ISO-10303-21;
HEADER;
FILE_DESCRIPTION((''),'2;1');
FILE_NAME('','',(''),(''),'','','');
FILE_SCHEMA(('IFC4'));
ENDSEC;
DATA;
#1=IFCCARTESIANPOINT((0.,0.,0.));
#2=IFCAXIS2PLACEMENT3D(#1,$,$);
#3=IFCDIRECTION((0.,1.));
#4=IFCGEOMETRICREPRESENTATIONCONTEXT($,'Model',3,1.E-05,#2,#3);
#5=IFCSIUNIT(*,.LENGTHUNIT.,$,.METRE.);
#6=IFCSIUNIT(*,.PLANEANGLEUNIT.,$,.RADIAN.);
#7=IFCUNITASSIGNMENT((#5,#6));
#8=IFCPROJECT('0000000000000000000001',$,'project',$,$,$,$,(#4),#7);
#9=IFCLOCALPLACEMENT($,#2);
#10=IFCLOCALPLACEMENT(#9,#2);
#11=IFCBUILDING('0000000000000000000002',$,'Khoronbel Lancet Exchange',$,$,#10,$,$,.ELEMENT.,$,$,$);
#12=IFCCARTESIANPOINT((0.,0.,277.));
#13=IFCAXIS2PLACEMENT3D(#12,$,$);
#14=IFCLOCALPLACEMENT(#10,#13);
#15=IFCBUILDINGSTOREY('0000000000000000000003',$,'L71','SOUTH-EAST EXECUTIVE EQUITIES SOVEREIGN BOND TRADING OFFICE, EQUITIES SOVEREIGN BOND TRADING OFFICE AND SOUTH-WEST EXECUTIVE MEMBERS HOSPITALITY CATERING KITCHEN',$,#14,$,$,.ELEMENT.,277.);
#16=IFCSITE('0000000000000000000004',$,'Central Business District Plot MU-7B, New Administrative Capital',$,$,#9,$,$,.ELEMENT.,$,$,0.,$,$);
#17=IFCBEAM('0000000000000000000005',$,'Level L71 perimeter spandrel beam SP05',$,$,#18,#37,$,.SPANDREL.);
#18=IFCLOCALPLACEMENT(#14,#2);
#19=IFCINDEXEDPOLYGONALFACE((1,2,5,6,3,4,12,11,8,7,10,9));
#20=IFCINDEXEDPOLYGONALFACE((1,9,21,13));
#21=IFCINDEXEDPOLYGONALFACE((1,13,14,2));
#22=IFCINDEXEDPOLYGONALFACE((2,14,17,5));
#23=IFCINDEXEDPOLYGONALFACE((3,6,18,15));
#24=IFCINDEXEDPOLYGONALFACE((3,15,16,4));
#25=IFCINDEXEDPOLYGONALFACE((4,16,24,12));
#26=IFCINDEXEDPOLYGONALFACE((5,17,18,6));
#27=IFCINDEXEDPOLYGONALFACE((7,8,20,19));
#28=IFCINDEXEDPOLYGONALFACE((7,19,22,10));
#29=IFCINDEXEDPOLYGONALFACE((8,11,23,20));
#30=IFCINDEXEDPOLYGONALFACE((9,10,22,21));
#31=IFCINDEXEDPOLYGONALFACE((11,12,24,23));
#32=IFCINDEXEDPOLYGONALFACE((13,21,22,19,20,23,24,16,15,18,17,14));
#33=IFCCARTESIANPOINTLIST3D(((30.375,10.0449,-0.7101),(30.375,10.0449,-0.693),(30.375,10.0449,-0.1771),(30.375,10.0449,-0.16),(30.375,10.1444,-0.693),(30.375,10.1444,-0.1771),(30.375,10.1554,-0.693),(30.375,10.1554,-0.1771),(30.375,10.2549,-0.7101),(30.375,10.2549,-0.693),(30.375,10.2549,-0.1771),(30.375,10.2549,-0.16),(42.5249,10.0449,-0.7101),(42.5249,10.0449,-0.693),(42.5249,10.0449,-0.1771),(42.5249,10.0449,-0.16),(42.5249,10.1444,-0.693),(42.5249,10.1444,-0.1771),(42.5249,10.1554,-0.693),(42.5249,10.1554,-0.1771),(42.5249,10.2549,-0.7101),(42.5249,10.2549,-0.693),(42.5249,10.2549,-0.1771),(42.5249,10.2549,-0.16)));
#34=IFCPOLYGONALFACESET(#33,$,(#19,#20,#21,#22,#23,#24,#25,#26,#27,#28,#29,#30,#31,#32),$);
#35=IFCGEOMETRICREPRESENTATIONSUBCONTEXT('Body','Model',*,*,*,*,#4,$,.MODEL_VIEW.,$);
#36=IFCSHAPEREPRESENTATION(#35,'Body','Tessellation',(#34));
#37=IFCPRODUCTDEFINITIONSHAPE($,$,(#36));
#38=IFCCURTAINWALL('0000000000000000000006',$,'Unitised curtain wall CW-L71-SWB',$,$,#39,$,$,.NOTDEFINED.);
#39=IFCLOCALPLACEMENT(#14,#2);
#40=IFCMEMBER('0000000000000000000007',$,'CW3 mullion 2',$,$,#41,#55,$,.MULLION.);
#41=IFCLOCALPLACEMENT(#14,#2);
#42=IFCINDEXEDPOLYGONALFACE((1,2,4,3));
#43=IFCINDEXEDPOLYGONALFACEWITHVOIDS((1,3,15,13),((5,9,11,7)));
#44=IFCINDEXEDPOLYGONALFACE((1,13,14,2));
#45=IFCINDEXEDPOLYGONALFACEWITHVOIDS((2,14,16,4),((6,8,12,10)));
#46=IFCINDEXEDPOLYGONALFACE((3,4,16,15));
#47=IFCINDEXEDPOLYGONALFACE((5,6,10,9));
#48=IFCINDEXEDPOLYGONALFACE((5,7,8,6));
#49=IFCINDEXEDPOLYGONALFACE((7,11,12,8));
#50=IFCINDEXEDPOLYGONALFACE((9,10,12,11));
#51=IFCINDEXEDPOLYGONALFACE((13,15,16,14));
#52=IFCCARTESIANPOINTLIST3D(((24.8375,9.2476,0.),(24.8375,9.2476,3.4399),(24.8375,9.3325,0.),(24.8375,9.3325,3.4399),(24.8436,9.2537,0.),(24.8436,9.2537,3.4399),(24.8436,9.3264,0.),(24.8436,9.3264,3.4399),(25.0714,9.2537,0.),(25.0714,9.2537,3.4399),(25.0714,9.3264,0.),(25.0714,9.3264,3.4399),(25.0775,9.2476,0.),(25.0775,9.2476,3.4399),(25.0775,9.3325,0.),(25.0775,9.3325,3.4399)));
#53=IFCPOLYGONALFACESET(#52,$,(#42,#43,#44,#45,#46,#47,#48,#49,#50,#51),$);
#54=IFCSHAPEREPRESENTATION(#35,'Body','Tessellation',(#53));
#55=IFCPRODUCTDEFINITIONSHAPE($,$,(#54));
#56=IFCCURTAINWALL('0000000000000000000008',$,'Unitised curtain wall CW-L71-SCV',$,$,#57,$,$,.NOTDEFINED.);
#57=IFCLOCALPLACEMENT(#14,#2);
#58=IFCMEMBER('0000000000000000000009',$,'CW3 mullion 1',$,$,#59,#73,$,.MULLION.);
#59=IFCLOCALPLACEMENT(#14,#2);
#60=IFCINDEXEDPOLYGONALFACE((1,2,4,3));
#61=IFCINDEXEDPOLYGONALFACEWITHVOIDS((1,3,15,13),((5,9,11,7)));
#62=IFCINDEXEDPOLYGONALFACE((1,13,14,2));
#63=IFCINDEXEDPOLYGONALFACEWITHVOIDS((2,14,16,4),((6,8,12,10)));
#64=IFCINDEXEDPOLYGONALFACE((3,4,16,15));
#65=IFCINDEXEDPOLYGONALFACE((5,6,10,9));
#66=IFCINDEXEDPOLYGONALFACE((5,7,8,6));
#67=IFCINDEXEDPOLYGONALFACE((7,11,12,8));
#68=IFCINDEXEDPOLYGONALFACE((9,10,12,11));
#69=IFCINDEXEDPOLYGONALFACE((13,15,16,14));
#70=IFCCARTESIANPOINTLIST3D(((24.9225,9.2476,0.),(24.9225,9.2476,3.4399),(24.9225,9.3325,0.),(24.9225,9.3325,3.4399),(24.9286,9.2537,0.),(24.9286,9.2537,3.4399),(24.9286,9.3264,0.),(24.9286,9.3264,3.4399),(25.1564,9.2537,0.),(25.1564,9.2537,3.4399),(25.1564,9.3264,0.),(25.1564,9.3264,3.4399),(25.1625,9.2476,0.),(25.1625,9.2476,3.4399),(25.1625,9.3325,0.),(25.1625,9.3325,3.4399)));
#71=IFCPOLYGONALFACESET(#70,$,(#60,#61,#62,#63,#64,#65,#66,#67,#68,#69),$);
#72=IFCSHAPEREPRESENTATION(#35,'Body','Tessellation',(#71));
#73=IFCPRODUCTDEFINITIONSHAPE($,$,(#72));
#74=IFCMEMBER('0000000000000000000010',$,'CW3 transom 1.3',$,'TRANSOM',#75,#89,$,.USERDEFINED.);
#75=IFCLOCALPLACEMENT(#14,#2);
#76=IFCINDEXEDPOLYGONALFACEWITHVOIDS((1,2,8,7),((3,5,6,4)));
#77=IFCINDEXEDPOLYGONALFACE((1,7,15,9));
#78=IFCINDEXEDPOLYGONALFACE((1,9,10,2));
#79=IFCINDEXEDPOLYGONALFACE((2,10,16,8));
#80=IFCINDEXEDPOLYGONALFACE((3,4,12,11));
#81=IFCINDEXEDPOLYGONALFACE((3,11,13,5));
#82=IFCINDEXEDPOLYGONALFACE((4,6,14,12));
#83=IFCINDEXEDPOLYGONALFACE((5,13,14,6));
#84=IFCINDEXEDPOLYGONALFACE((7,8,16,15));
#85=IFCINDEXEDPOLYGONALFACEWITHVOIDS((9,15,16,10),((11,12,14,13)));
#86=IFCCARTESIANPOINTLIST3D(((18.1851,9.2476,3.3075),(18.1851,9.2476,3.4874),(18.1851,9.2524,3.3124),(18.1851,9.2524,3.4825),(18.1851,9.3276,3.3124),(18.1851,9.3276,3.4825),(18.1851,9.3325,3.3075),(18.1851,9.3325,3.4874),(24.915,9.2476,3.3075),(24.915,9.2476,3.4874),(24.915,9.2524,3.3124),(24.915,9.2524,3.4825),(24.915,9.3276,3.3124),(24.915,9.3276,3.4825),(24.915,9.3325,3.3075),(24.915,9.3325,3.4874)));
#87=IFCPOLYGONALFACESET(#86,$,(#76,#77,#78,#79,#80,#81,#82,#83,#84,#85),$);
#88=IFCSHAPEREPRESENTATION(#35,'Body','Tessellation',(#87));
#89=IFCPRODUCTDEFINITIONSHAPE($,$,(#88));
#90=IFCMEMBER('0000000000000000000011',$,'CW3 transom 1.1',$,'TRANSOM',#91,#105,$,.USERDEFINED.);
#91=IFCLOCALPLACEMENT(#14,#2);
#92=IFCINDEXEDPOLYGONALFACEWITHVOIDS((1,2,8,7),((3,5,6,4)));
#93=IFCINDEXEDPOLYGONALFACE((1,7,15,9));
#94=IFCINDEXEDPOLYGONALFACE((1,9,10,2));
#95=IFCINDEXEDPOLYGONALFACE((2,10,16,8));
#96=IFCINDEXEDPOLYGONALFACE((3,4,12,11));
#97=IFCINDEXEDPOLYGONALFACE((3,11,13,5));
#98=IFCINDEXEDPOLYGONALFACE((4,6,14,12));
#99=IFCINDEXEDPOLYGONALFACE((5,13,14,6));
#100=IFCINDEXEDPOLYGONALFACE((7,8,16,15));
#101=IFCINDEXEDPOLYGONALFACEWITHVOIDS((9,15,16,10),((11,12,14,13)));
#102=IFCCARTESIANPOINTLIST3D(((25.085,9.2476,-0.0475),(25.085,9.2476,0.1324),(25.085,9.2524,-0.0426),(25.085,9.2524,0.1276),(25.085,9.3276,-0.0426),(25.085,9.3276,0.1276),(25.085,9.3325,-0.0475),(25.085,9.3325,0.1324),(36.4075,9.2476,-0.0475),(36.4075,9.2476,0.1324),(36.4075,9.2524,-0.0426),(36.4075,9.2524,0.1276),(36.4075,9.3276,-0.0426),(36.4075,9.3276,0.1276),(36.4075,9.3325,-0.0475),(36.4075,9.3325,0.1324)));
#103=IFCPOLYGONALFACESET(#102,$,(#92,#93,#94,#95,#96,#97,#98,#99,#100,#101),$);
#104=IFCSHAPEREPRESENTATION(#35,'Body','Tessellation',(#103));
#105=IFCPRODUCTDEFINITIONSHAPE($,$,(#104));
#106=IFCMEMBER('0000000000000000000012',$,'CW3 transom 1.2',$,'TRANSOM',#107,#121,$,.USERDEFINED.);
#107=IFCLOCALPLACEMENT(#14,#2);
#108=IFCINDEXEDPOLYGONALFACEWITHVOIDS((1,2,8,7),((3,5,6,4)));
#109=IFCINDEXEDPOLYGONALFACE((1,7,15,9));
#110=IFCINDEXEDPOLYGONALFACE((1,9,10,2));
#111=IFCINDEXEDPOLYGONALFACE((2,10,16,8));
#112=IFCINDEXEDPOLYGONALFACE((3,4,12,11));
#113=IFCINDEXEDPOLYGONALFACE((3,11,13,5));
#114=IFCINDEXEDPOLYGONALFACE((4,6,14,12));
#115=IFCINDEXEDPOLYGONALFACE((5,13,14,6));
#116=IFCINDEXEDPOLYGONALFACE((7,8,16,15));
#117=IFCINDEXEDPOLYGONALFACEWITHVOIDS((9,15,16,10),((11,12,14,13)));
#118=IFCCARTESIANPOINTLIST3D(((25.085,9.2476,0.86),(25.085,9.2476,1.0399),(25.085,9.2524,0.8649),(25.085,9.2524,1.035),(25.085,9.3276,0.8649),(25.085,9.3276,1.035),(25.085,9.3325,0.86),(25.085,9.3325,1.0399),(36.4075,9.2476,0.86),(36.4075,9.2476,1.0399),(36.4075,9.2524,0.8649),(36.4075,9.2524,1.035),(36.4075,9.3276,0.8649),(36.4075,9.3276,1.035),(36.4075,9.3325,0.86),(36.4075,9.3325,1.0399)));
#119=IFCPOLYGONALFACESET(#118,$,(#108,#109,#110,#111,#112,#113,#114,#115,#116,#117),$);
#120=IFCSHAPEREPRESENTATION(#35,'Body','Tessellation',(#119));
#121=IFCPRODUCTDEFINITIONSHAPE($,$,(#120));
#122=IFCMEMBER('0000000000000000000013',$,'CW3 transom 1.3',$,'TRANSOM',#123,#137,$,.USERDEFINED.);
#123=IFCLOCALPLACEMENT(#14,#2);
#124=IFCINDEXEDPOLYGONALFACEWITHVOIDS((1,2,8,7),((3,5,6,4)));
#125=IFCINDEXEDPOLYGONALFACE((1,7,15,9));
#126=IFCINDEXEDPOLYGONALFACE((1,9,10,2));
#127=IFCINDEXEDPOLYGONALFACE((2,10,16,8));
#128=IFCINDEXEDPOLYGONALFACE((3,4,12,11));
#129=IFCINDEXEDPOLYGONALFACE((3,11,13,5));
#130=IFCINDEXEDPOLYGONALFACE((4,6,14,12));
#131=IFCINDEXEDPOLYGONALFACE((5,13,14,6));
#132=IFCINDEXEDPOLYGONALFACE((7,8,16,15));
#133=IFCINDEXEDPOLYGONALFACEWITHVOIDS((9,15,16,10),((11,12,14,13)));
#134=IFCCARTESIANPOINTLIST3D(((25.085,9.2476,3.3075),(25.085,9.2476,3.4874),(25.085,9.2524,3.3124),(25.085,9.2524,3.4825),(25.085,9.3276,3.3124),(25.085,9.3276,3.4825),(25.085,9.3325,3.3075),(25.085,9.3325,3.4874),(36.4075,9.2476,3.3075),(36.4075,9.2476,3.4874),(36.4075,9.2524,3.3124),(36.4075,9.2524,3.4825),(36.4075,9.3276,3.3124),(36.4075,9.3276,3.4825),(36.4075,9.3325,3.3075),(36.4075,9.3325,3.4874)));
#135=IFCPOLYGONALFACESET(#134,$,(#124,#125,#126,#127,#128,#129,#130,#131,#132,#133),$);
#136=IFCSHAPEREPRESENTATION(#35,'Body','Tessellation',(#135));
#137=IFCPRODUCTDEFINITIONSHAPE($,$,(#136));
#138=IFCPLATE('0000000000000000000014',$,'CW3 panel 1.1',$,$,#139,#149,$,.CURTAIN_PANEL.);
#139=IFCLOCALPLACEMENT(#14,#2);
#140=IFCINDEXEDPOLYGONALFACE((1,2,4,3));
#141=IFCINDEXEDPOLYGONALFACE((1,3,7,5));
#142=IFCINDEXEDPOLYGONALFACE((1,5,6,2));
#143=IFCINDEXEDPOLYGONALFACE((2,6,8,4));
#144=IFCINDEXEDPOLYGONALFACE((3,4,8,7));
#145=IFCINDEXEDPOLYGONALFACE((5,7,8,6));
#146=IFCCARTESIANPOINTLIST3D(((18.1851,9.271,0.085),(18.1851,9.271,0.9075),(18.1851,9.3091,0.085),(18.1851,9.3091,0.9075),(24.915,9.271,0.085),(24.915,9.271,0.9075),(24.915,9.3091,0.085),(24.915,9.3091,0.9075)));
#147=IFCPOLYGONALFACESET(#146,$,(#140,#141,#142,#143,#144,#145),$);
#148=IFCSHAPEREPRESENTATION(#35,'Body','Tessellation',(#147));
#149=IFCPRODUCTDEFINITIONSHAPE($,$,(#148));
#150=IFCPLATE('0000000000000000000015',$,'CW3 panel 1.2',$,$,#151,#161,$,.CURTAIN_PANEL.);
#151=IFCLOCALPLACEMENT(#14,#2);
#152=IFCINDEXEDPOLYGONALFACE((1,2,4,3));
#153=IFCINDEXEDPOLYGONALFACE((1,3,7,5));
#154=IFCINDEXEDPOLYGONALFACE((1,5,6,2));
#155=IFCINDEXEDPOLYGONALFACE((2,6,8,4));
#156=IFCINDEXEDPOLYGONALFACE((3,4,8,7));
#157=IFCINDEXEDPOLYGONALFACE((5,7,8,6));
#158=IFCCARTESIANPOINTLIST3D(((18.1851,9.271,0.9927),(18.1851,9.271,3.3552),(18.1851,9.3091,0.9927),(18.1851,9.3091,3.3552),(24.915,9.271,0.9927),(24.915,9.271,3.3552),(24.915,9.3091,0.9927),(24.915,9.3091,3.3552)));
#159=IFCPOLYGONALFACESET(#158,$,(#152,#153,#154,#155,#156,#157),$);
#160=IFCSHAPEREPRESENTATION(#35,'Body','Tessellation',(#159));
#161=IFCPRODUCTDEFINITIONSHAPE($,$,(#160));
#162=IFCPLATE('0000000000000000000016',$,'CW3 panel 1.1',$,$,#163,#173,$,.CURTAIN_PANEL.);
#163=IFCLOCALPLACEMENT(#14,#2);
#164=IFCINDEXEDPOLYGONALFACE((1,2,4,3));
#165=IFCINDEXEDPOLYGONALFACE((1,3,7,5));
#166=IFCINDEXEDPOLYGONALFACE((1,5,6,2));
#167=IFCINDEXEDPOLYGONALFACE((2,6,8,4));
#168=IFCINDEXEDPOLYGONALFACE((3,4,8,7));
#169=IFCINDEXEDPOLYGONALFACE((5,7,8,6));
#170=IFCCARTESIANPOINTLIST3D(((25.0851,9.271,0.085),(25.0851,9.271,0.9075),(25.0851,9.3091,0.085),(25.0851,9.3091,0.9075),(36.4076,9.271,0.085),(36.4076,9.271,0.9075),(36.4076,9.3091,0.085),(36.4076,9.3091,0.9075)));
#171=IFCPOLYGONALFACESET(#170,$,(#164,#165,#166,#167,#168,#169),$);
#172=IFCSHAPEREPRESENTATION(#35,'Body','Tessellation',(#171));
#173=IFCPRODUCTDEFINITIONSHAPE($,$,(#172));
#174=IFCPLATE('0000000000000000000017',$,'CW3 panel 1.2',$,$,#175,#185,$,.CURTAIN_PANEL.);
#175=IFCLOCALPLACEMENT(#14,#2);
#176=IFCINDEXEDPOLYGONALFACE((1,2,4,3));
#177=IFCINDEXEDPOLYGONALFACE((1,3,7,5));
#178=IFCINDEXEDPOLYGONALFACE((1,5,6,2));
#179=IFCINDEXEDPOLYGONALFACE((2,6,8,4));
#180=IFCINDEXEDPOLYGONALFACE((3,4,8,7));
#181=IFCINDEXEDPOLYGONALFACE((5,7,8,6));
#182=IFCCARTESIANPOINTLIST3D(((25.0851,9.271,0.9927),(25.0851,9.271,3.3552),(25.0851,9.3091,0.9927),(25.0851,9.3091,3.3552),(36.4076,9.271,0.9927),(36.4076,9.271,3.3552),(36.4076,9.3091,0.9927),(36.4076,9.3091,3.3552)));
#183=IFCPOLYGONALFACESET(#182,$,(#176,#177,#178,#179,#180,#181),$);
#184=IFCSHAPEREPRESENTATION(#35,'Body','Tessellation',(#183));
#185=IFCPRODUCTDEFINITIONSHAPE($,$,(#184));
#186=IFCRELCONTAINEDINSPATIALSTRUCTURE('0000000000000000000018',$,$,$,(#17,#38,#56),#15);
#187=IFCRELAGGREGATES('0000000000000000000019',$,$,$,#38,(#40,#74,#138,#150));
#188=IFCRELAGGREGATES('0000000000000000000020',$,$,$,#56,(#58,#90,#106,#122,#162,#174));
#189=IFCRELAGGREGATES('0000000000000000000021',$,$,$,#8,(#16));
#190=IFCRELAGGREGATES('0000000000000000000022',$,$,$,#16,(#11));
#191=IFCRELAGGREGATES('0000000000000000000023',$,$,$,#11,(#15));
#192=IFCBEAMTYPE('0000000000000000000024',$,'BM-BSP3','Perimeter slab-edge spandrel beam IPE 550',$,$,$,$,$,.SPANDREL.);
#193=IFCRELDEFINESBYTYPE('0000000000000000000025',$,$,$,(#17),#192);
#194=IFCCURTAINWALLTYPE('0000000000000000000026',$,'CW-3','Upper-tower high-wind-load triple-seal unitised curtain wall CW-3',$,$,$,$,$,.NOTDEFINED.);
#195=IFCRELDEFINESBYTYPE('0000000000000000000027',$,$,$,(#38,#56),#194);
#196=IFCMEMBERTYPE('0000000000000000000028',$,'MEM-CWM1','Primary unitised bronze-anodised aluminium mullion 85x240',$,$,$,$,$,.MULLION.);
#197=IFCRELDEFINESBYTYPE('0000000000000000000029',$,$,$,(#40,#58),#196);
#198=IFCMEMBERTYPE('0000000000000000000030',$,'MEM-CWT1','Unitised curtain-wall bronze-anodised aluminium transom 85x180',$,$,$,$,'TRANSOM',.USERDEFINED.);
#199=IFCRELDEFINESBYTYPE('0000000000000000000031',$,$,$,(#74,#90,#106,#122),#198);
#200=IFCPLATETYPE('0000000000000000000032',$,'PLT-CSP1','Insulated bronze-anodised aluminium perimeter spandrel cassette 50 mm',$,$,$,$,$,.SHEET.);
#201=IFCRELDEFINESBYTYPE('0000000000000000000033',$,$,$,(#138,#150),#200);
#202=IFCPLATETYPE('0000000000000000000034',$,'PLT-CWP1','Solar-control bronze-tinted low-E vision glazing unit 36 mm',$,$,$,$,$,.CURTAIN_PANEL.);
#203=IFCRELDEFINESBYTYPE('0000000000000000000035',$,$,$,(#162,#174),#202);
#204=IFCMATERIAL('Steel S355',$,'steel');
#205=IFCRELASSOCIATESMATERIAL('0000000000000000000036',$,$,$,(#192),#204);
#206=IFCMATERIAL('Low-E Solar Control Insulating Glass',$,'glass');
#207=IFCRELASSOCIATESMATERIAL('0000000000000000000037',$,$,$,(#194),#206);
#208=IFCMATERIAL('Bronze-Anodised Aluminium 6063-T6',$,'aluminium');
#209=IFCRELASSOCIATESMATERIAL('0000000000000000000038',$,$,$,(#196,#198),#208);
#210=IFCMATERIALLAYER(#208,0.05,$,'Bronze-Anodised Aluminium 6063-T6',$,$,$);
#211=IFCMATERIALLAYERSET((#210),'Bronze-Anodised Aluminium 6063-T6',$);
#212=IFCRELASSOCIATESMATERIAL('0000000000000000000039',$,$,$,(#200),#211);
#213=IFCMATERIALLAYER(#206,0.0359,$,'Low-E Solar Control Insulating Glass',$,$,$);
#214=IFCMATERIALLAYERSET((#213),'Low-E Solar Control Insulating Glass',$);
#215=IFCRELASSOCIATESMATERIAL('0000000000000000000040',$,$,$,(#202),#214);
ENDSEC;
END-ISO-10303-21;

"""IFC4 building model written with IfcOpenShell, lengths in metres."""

from ifc_helpers import new_model, si_unit, direction, frame, origin, origin_2d, place, context, subcontext, project, spatial, rectangle, hollow_rectangle, i_section, extrude, material, layer, layer_set, material_profile, profile_set, type_object, element, aggregate, save


model = new_model("IFC4")

# Units and contexts
model_context = context("Model", 3, precision=1e-05, world=origin(), true_north=direction((0.0, 1.0)))
body_context = subcontext(model_context, "Body", "Model", "MODEL_VIEW")
ifc_project = project(units=[si_unit("LENGTHUNIT", "METRE"), si_unit("PLANEANGLEUNIT", "RADIAN")], contexts=[model_context])

# Site, building, storey
site_placement = place(None, origin())
site = spatial("IfcSite", under=ifc_project, at=site_placement, Name="Central Business District Plot MU-7B, New Administrative Capital", CompositionType="ELEMENT", RefElevation=0.0)
building_placement = place(site_placement, origin())
building = spatial("IfcBuilding", under=site, at=building_placement, Name="Khoronbel Lancet Exchange", CompositionType="ELEMENT")
storey_placement = place(building_placement, frame((0.0, 0.0, 277.0)))
storey = spatial("IfcBuildingStorey", under=building, at=storey_placement, Name="L71", Description="SOUTH-EAST EXECUTIVE EQUITIES SOVEREIGN BOND TRADING OFFICE, EQUITIES SOVEREIGN BOND TRADING OFFICE AND SOUTH-WEST EXECUTIVE MEMBERS HOSPITALITY CATERING KITCHEN", CompositionType="ELEMENT", Elevation=277.0)

# Beam
ifc_material_1 = material(Name="Steel S355", Category="steel")
ifc_material_profile_1 = material_profile(ifc_material_1, i_section(OverallWidth=0.21, OverallDepth=0.55, WebThickness=0.011, FlangeThickness=0.0171, at=origin_2d()), Name="IPE 550")
ifc_profile_set_1 = profile_set([ifc_material_profile_1], Name="Steel S355")
beam_type_1 = type_object("IfcBeamType", Name="BM-BSP3", Description="Perimeter slab-edge spandrel beam IPE 550", PredefinedType="SPANDREL", material=ifc_profile_set_1)
beam_1_placement = place(storey_placement, frame((30.375, 10.1499, -0.4351), z_axis=(1.0, 0.0, 0.0), x_axis=(0.0, 1.0, 0.0)))
element("IfcBeam", 1, at=beam_1_placement, inside=storey, type_object=beam_type_1, Name="Level L71 perimeter spandrel beam SP05", PredefinedType="SPANDREL", context=body_context, shape_type="SweptSolid", body=[
    extrude(i_section(OverallWidth=0.21, OverallDepth=0.55, WebThickness=0.011, FlangeThickness=0.0171, at=origin_2d()), origin(), (0.0, 0.0, 1.0), 12.1499),
])

# Curtain walls, members
ifc_material_2 = material(Name="Low-E Solar Control Insulating Glass", Category="glass")
curtain_wall_type = type_object("IfcCurtainWallType", Name="CW-3", Description="Upper-tower high-wind-load triple-seal unitised curtain wall CW-3", PredefinedType="NOTDEFINED", material=ifc_material_2)
curtain_wall_1_placement = place(storey_placement, origin())
curtain_wall_1 = element("IfcCurtainWall", 2, at=curtain_wall_1_placement, inside=storey, type_object=curtain_wall_type, Name="Unitised curtain wall CW-L71-SWB", PredefinedType="NOTDEFINED")
ifc_material_3 = material(Name="Bronze-Anodised Aluminium 6063-T6", Category="aluminium")
ifc_material_profile_2 = material_profile(ifc_material_3, hollow_rectangle(XDim=0.085, YDim=0.24, WallThickness=0.0061, at=origin_2d()), Name="ALU MULLION 85x240")
ifc_profile_set_2 = profile_set([ifc_material_profile_2], Name="Bronze-Anodised Aluminium 6063-T6")
member_type_1 = type_object("IfcMemberType", Name="MEM-CWM1", Description="Primary unitised bronze-anodised aluminium mullion 85x240", PredefinedType="MULLION", material=ifc_profile_set_2)
member_1_placement = place(storey_placement, frame((24.9575, 9.29, 0.0), z_axis=(0.0, 0.0, 1.0), x_axis=(0.0, 1.0, 0.0)))
member_1 = element("IfcMember", 3, at=member_1_placement, type_object=member_type_1, Name="CW3 mullion 2", PredefinedType="MULLION", context=body_context, shape_type="SweptSolid", body=[
    extrude(hollow_rectangle(XDim=0.085, YDim=0.24, WallThickness=0.0061, at=origin_2d()), origin(), (0.0, 0.0, 1.0), 3.4399),
])
curtain_wall_2_placement = place(storey_placement, origin())
curtain_wall_2 = element("IfcCurtainWall", 4, at=curtain_wall_2_placement, inside=storey, type_object=curtain_wall_type, Name="Unitised curtain wall CW-L71-SCV", PredefinedType="NOTDEFINED")
member_2_placement = place(storey_placement, frame((25.0425, 9.29, 0.0), z_axis=(0.0, 0.0, 1.0), x_axis=(0.0, 1.0, 0.0)))
member_2 = element("IfcMember", 5, at=member_2_placement, type_object=member_type_1, Name="CW3 mullion 1", PredefinedType="MULLION", context=body_context, shape_type="SweptSolid", body=[
    extrude(hollow_rectangle(XDim=0.085, YDim=0.24, WallThickness=0.0061, at=origin_2d()), origin(), (0.0, 0.0, 1.0), 3.4399),
])

# Members
ifc_material_profile_3 = material_profile(ifc_material_3, hollow_rectangle(XDim=0.085, YDim=0.1799, WallThickness=0.0049, at=origin_2d()), Name="ALU TRANSOM 85x180")
ifc_profile_set_3 = profile_set([ifc_material_profile_3], Name="Bronze-Anodised Aluminium 6063-T6")
member_type_2 = type_object("IfcMemberType", Name="MEM-CWT1", Description="Unitised curtain-wall bronze-anodised aluminium transom 85x180", ElementType="TRANSOM", PredefinedType="USERDEFINED", material=ifc_profile_set_3)
member_3_placement = place(storey_placement, frame((18.1851, 9.29, 3.3975), z_axis=(1.0, 0.0, 0.0), x_axis=(0.0, 1.0, 0.0)))
member_3 = element("IfcMember", 6, at=member_3_placement, type_object=member_type_2, Name="CW3 transom 1.3", ObjectType="TRANSOM", PredefinedType="USERDEFINED", context=body_context, shape_type="SweptSolid", body=[
    extrude(hollow_rectangle(XDim=0.085, YDim=0.1799, WallThickness=0.0049, at=origin_2d()), origin(), (0.0, 0.0, 1.0), 6.73),
])
member_4_placement = place(storey_placement, frame((25.085, 9.29, 0.0425), z_axis=(1.0, 0.0, 0.0), x_axis=(0.0, 1.0, 0.0)))
member_4 = element("IfcMember", 7, at=member_4_placement, type_object=member_type_2, Name="CW3 transom 1.1", ObjectType="TRANSOM", PredefinedType="USERDEFINED", context=body_context, shape_type="SweptSolid", body=[
    extrude(hollow_rectangle(XDim=0.085, YDim=0.1799, WallThickness=0.0049, at=origin_2d()), origin(), (0.0, 0.0, 1.0), 11.3225),
])
member_5_placement = place(storey_placement, frame((25.085, 9.29, 0.95), z_axis=(1.0, 0.0, 0.0), x_axis=(0.0, 1.0, 0.0)))
member_5 = element("IfcMember", 8, at=member_5_placement, type_object=member_type_2, Name="CW3 transom 1.2", ObjectType="TRANSOM", PredefinedType="USERDEFINED", context=body_context, shape_type="SweptSolid", body=[
    extrude(hollow_rectangle(XDim=0.085, YDim=0.1799, WallThickness=0.0049, at=origin_2d()), origin(), (0.0, 0.0, 1.0), 11.3225),
])
member_6_placement = place(storey_placement, frame((25.085, 9.29, 3.3975), z_axis=(1.0, 0.0, 0.0), x_axis=(0.0, 1.0, 0.0)))
member_6 = element("IfcMember", 9, at=member_6_placement, type_object=member_type_2, Name="CW3 transom 1.3", ObjectType="TRANSOM", PredefinedType="USERDEFINED", context=body_context, shape_type="SweptSolid", body=[
    extrude(hollow_rectangle(XDim=0.085, YDim=0.1799, WallThickness=0.0049, at=origin_2d()), origin(), (0.0, 0.0, 1.0), 11.3225),
])

# Plates
ifc_layer_1 = layer(ifc_material_3, 0.05, Name="Bronze-Anodised Aluminium 6063-T6")
ifc_layer_set_1 = layer_set([ifc_layer_1], Name="Bronze-Anodised Aluminium 6063-T6")
plate_type_1 = type_object("IfcPlateType", Name="PLT-CSP1", Description="Insulated bronze-anodised aluminium perimeter spandrel cassette 50 mm", PredefinedType="SHEET", material=ifc_layer_set_1)
plate_1_placement = place(storey_placement, frame((21.55, 9.29, 0.085), z_axis=(0.0, 0.0, 1.0), x_axis=(1.0, 0.0, 0.0)))
plate_1 = element("IfcPlate", 10, at=plate_1_placement, type_object=plate_type_1, Name="CW3 panel 1.1", PredefinedType="CURTAIN_PANEL", context=body_context, shape_type="SweptSolid", body=[
    extrude(rectangle(XDim=6.73, YDim=0.0381, at=origin_2d()), origin(), (0.0, 0.0, 1.0), 0.8225),
])
plate_2_placement = place(storey_placement, frame((21.55, 9.29, 0.9927), z_axis=(0.0, 0.0, 1.0), x_axis=(1.0, 0.0, 0.0)))
plate_2 = element("IfcPlate", 11, at=plate_2_placement, type_object=plate_type_1, Name="CW3 panel 1.2", PredefinedType="CURTAIN_PANEL", context=body_context, shape_type="SweptSolid", body=[
    extrude(rectangle(XDim=6.73, YDim=0.0381, at=origin_2d()), origin(), (0.0, 0.0, 1.0), 2.3625),
])
aggregate(curtain_wall_1, [member_1, member_3, plate_1, plate_2])
ifc_layer_2 = layer(ifc_material_2, 0.0359, Name="Low-E Solar Control Insulating Glass")
ifc_layer_set_2 = layer_set([ifc_layer_2], Name="Low-E Solar Control Insulating Glass")
plate_type_2 = type_object("IfcPlateType", Name="PLT-CWP1", Description="Solar-control bronze-tinted low-E vision glazing unit 36 mm", PredefinedType="CURTAIN_PANEL", material=ifc_layer_set_2)
plate_3_placement = place(storey_placement, frame((30.7463, 9.29, 0.085), z_axis=(0.0, 0.0, 1.0), x_axis=(1.0, 0.0, 0.0)))
plate_3 = element("IfcPlate", 12, at=plate_3_placement, type_object=plate_type_2, Name="CW3 panel 1.1", PredefinedType="CURTAIN_PANEL", context=body_context, shape_type="SweptSolid", body=[
    extrude(rectangle(XDim=11.3225, YDim=0.0381, at=origin_2d()), origin(), (0.0, 0.0, 1.0), 0.8225),
])
plate_4_placement = place(storey_placement, frame((30.7463, 9.29, 0.9927), z_axis=(0.0, 0.0, 1.0), x_axis=(1.0, 0.0, 0.0)))
plate_4 = element("IfcPlate", 13, at=plate_4_placement, type_object=plate_type_2, Name="CW3 panel 1.2", PredefinedType="CURTAIN_PANEL", context=body_context, shape_type="SweptSolid", body=[
    extrude(rectangle(XDim=11.3225, YDim=0.0381, at=origin_2d()), origin(), (0.0, 0.0, 1.0), 2.3625),
])
aggregate(curtain_wall_2, [member_2, member_4, member_5, member_6, plate_3, plate_4])

save(model, "model.ifc")
